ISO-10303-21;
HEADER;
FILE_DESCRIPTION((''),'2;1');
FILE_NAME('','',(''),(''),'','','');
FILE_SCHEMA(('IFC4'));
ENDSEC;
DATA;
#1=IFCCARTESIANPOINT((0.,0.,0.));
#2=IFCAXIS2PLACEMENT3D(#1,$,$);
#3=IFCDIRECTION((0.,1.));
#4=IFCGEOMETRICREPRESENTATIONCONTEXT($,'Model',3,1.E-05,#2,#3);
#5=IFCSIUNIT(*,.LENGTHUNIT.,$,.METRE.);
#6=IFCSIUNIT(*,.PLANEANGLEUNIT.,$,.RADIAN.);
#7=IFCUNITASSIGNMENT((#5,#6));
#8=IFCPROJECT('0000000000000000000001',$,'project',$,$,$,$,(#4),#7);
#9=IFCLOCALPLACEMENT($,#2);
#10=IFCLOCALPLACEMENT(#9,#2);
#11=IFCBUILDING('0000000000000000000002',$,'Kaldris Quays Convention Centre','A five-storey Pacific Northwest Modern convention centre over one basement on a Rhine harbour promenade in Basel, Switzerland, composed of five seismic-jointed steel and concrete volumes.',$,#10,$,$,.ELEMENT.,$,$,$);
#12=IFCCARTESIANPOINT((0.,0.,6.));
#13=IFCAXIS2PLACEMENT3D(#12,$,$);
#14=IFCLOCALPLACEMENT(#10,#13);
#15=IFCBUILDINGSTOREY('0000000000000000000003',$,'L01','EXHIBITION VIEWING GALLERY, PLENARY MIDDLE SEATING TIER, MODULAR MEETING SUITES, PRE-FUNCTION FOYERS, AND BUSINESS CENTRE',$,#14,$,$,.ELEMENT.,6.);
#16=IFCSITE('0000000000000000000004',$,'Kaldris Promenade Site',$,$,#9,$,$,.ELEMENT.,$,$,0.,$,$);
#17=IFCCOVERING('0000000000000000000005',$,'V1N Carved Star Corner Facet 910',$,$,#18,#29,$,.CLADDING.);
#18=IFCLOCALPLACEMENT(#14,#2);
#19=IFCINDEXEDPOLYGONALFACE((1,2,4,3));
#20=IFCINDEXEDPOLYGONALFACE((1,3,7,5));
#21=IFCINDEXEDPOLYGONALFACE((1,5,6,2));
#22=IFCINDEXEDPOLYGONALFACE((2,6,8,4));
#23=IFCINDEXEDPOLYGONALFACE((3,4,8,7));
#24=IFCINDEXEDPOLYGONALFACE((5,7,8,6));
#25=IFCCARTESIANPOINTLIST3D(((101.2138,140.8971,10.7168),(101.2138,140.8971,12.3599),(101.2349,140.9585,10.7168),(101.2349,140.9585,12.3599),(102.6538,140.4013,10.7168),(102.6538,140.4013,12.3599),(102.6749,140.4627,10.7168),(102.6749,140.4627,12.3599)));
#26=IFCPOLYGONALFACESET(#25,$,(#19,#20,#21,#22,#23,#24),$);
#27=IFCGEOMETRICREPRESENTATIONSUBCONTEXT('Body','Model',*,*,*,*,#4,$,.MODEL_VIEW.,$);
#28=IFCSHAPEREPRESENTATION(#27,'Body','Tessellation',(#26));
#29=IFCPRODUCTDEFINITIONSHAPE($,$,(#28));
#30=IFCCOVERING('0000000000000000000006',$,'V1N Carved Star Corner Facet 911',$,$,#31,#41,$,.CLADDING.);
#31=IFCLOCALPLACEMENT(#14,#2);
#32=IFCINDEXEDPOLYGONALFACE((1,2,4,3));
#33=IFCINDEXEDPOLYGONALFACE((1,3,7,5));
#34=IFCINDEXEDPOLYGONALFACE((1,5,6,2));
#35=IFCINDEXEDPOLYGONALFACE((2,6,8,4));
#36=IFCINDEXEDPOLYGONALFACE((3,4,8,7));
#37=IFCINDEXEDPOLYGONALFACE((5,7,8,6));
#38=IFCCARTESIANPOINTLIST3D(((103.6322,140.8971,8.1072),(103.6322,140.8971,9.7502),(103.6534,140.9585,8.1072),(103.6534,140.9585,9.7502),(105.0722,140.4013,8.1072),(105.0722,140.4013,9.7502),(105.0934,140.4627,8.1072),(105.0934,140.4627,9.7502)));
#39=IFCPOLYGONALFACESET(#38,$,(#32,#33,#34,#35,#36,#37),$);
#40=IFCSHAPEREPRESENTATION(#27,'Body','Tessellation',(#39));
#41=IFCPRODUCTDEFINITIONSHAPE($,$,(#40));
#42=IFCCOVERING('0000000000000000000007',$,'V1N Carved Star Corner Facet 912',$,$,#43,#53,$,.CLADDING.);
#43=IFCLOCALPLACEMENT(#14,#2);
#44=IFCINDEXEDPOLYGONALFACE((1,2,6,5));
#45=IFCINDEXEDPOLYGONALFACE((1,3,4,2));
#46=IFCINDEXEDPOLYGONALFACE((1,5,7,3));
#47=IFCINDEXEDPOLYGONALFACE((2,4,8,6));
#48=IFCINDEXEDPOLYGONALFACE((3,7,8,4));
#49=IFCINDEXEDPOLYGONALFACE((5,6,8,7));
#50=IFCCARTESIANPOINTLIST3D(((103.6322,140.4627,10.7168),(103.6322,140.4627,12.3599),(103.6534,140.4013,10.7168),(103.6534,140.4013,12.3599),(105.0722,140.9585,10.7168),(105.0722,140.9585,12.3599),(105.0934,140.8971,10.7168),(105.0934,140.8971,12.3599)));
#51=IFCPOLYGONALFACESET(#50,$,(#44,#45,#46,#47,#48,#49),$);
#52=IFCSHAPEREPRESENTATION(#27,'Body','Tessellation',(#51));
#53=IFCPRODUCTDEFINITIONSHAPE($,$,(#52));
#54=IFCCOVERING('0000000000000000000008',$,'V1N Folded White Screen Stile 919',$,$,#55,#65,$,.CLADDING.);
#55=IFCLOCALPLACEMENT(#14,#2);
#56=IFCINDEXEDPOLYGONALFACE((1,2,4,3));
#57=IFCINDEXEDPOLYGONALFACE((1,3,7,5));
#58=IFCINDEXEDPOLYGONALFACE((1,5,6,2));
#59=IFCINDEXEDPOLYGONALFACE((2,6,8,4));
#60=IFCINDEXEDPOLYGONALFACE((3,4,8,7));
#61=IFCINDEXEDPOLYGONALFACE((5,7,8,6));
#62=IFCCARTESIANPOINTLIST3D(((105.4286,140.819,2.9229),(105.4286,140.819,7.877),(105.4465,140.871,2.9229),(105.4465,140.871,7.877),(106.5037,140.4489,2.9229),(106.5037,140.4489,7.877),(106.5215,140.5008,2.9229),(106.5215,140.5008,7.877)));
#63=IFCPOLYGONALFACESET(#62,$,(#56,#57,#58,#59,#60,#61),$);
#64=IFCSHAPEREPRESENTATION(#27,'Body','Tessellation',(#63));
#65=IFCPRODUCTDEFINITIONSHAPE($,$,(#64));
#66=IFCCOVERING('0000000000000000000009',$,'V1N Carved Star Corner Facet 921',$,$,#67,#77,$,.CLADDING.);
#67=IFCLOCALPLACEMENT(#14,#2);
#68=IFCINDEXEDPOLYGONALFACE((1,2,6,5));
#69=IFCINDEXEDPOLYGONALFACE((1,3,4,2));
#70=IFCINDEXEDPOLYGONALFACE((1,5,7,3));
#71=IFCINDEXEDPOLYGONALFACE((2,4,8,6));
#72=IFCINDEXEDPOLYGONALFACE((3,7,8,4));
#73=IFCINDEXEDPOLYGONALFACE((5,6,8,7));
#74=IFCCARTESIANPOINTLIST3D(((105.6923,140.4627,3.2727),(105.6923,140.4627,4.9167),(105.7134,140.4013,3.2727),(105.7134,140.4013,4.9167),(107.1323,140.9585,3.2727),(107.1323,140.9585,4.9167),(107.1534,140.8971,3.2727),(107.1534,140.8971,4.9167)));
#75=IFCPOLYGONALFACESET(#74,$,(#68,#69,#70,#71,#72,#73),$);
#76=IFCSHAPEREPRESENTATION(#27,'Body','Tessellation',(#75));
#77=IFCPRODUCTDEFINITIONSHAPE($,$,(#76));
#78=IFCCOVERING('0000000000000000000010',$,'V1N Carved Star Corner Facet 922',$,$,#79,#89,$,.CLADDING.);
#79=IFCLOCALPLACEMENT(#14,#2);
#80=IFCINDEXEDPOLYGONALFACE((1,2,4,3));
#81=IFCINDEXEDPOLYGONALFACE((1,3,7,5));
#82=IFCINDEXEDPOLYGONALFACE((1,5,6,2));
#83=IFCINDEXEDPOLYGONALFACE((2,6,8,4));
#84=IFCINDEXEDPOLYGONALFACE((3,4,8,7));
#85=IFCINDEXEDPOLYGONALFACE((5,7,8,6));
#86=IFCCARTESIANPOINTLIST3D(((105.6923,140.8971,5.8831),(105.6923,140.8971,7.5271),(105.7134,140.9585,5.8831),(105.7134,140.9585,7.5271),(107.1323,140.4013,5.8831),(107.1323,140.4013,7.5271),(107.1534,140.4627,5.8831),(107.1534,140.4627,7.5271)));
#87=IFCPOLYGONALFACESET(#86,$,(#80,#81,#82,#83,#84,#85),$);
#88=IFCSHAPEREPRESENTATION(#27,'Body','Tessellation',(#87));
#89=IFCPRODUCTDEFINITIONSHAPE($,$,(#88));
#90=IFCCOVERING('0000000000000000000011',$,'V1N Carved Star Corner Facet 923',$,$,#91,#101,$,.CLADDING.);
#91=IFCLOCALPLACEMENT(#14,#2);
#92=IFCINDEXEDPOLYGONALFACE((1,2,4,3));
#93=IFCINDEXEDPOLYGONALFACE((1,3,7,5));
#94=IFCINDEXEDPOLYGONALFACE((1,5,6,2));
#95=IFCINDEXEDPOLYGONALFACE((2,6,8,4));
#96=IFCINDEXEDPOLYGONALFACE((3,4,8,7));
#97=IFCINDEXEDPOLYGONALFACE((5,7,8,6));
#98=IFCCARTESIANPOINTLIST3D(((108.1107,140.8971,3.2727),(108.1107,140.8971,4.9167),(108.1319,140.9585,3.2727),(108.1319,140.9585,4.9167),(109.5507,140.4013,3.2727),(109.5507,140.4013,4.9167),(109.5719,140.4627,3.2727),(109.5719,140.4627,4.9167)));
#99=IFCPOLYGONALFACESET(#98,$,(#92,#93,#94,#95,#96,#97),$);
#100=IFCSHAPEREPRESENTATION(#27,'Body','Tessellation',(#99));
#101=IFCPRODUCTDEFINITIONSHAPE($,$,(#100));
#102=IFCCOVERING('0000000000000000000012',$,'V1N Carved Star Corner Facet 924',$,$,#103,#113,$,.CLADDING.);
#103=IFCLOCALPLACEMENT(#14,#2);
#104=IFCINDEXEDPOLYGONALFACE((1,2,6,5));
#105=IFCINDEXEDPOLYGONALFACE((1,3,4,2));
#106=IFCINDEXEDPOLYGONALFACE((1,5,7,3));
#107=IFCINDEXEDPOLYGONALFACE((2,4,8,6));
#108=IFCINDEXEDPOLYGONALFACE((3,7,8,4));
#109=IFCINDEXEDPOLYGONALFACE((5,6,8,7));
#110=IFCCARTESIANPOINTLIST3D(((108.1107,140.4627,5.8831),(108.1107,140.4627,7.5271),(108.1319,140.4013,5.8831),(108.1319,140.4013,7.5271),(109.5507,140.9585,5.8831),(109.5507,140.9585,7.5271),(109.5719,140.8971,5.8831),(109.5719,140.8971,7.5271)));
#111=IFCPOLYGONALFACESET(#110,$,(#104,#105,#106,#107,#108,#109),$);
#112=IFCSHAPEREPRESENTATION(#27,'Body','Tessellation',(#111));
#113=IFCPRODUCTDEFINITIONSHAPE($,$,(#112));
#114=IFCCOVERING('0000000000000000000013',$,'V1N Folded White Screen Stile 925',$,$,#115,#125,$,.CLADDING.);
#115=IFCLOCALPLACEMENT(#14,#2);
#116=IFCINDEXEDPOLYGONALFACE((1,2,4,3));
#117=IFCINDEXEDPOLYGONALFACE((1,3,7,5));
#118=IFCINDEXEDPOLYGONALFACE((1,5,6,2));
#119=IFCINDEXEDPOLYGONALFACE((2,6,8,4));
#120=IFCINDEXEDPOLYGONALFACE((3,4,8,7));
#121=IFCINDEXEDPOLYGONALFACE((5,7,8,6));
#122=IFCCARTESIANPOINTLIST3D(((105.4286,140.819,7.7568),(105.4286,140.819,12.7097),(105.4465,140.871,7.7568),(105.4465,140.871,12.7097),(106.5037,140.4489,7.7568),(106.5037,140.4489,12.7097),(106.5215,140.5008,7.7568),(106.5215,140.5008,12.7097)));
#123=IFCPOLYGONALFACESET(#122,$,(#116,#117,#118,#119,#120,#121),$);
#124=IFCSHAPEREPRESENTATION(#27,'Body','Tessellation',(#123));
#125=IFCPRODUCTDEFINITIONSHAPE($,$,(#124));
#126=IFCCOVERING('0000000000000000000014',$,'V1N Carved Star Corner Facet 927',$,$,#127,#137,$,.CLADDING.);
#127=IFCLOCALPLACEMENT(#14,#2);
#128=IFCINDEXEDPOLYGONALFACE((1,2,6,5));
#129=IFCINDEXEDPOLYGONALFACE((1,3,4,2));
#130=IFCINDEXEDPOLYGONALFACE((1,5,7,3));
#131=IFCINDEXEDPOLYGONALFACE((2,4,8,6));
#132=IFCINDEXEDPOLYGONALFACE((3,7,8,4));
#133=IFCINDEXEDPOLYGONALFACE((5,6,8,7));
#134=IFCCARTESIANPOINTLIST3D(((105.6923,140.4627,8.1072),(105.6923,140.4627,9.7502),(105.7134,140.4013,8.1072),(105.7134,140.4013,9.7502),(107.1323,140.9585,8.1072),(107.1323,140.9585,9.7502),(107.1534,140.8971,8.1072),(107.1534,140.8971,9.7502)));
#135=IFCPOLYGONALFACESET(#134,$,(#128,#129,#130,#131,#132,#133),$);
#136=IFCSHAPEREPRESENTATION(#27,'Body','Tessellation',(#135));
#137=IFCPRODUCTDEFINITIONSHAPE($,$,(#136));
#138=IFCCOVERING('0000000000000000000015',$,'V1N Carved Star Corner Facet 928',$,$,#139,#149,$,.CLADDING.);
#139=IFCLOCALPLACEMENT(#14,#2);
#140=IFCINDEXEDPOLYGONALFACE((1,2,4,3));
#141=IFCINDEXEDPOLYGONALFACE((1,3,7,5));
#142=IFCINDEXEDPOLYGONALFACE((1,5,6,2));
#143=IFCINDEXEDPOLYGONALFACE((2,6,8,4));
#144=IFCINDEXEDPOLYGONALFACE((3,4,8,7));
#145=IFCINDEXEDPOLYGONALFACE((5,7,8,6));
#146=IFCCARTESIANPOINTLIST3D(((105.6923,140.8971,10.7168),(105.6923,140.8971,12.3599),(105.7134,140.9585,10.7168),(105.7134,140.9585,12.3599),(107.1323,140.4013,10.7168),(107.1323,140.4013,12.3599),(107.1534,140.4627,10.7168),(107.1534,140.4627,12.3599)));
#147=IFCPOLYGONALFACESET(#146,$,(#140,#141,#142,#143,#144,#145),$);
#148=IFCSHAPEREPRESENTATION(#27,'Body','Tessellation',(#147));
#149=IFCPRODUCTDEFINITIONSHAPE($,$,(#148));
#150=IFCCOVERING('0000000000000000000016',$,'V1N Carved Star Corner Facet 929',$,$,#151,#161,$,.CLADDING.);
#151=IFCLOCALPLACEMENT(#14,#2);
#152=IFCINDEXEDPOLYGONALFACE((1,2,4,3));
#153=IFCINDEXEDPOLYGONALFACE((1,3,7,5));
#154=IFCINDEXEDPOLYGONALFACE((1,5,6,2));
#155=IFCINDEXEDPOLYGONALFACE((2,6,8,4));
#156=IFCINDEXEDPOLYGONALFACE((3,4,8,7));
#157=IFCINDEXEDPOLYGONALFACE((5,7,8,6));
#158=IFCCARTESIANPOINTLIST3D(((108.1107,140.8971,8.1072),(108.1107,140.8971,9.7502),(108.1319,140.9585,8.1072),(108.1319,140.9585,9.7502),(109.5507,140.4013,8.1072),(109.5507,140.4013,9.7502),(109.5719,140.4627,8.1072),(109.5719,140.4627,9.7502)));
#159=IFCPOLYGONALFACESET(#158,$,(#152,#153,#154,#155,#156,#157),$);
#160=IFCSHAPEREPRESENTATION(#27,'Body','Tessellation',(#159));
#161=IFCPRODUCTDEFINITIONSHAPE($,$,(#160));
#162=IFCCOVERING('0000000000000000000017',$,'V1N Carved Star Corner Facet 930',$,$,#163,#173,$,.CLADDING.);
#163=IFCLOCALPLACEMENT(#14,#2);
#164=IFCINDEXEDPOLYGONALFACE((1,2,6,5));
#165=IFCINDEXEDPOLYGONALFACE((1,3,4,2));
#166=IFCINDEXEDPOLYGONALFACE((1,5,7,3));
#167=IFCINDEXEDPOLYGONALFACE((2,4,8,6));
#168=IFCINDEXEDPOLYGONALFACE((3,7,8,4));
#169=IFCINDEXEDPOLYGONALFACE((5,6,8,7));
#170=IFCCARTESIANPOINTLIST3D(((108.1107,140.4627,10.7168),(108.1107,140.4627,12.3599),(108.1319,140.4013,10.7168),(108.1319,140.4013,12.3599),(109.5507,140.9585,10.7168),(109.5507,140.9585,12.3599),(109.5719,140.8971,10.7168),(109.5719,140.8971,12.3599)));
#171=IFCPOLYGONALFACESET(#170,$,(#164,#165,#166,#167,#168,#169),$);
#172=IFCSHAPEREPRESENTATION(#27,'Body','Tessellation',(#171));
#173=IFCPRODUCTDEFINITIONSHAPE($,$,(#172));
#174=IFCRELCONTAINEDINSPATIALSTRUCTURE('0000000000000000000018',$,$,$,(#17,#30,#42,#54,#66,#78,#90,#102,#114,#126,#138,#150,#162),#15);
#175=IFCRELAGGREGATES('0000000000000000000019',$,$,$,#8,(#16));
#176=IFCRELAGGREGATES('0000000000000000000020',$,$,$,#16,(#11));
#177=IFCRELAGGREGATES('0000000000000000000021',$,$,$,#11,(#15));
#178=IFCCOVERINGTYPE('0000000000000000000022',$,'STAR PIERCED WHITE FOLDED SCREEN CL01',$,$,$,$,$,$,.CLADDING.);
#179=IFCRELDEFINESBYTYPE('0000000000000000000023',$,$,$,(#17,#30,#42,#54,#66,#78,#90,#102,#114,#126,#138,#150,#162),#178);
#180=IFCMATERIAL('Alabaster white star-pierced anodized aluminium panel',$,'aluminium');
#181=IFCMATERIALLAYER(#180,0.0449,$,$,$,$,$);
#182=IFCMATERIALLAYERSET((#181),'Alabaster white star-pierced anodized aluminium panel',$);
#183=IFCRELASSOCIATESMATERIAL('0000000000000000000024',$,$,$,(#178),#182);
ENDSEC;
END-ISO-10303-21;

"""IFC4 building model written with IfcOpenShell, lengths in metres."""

from ifc_helpers import new_model, si_unit, direction, frame, origin, origin_2d, place, context, subcontext, project, spatial, rectangle, extrude, material, layer, layer_set, type_object, element, save


model = new_model("IFC4")

# Units and contexts
model_context = context("Model", 3, precision=1e-05, world=origin(), true_north=direction((0.0, 1.0)))
body_context = subcontext(model_context, "Body", "Model", "MODEL_VIEW")
ifc_project = project(units=[si_unit("LENGTHUNIT", "METRE"), si_unit("PLANEANGLEUNIT", "RADIAN")], contexts=[model_context])

# Site, building, storey
site_placement = place(None, origin())
site = spatial("IfcSite", under=ifc_project, at=site_placement, Name="Kaldris Promenade Site", CompositionType="ELEMENT", RefElevation=0.0)
building_placement = place(site_placement, origin())
building = spatial("IfcBuilding", under=site, at=building_placement, Name="Kaldris Quays Convention Centre", Description="A five-storey Pacific Northwest Modern convention centre over one basement on a Rhine harbour promenade in Basel, Switzerland, composed of five seismic-jointed steel and concrete volumes.", CompositionType="ELEMENT")
storey_placement = place(building_placement, frame((0.0, 0.0, 6.0)))
storey = spatial("IfcBuildingStorey", under=building, at=storey_placement, Name="L01", Description="EXHIBITION VIEWING GALLERY, PLENARY MIDDLE SEATING TIER, MODULAR MEETING SUITES, PRE-FUNCTION FOYERS, AND BUSINESS CENTRE", CompositionType="ELEMENT", Elevation=6.0)

# Coverings
ifc_material_1 = material(Name="Alabaster white star-pierced anodized aluminium panel", Category="aluminium")
ifc_layer = layer(ifc_material_1, 0.0449)
ifc_layer_set = layer_set([ifc_layer], Name="Alabaster white star-pierced anodized aluminium panel")
covering_type = type_object("IfcCoveringType", Name="STAR PIERCED WHITE FOLDED SCREEN CL01", PredefinedType="CLADDING", material=ifc_layer_set)
for number, where, z_axis, x_axis, name in (
    (1, (101.9443, 140.6799, 10.7168), (0.0, 0.0, 1.0), (0.945519, -0.325568, 0.0), "V1N Carved Star Corner Facet 910"),
    (2, (104.3628, 140.6799, 8.1072), (0.0, 0.0, 1.0), (0.945519, -0.325568, 0.0), "V1N Carved Star Corner Facet 911"),
    (3, (104.3628, 140.6799, 10.7168), (0.0, 0.0, 1.0), (0.945519, 0.325568, 0.0), "V1N Carved Star Corner Facet 912"),
):
    element("IfcCovering", number, at=place(storey_placement, frame(where, z_axis=z_axis, x_axis=x_axis)), inside=storey, type_object=covering_type, Name=name, PredefinedType="CLADDING", context=body_context, shape_type="SweptSolid", body=[
        extrude(rectangle(XDim=1.5229, YDim=0.0649, at=origin_2d()), origin(), (0.0, 0.0, 1.0), 1.6431),
    ])
covering_1_placement = place(storey_placement, frame((105.9751, 140.6599, 2.9229), z_axis=(0.0, 0.0, 1.0), x_axis=(0.945519, -0.325568, 0.0)))
element("IfcCovering", 4, at=covering_1_placement, inside=storey, type_object=covering_type, Name="V1N Folded White Screen Stile 919", PredefinedType="CLADDING", context=body_context, shape_type="SweptSolid", body=[
    extrude(rectangle(XDim=1.137, YDim=0.0549, at=origin_2d()), origin(), (0.0, 0.0, 1.0), 4.9541),
])
for number, where, z_axis, x_axis, name in (
    (5, (106.4229, 140.6799, 3.2727), (0.0, 0.0, 1.0), (0.945519, 0.325568, 0.0), "V1N Carved Star Corner Facet 921"),
    (6, (106.4229, 140.6799, 5.8831), (0.0, 0.0, 1.0), (0.945519, -0.325568, 0.0), "V1N Carved Star Corner Facet 922"),
    (7, (108.8413, 140.6799, 3.2727), (0.0, 0.0, 1.0), (0.945519, -0.325568, 0.0), "V1N Carved Star Corner Facet 923"),
    (8, (108.8413, 140.6799, 5.8831), (0.0, 0.0, 1.0), (0.945519, 0.325568, 0.0), "V1N Carved Star Corner Facet 924"),
):
    element("IfcCovering", number, at=place(storey_placement, frame(where, z_axis=z_axis, x_axis=x_axis)), inside=storey, type_object=covering_type, Name=name, PredefinedType="CLADDING", context=body_context, shape_type="SweptSolid", body=[
        extrude(rectangle(XDim=1.5229, YDim=0.0649, at=origin_2d()), origin(), (0.0, 0.0, 1.0), 1.644),
    ])
covering_2_placement = place(storey_placement, frame((105.9751, 140.6599, 7.7568), z_axis=(0.0, 0.0, 1.0), x_axis=(0.945519, -0.325568, 0.0)))
element("IfcCovering", 9, at=covering_2_placement, inside=storey, type_object=covering_type, Name="V1N Folded White Screen Stile 925", PredefinedType="CLADDING", context=body_context, shape_type="SweptSolid", body=[
    extrude(rectangle(XDim=1.137, YDim=0.0549, at=origin_2d()), origin(), (0.0, 0.0, 1.0), 4.9529),
])
for number, where, z_axis, x_axis, name in (
    (10, (106.4229, 140.6799, 8.1072), (0.0, 0.0, 1.0), (0.945519, 0.325568, 0.0), "V1N Carved Star Corner Facet 927"),
    (11, (106.4229, 140.6799, 10.7168), (0.0, 0.0, 1.0), (0.945519, -0.325568, 0.0), "V1N Carved Star Corner Facet 928"),
    (12, (108.8413, 140.6799, 8.1072), (0.0, 0.0, 1.0), (0.945519, -0.325568, 0.0), "V1N Carved Star Corner Facet 929"),
    (13, (108.8413, 140.6799, 10.7168), (0.0, 0.0, 1.0), (0.945519, 0.325568, 0.0), "V1N Carved Star Corner Facet 930"),
):
    element("IfcCovering", number, at=place(storey_placement, frame(where, z_axis=z_axis, x_axis=x_axis)), inside=storey, type_object=covering_type, Name=name, PredefinedType="CLADDING", context=body_context, shape_type="SweptSolid", body=[
        extrude(rectangle(XDim=1.5229, YDim=0.0649, at=origin_2d()), origin(), (0.0, 0.0, 1.0), 1.6431),
    ])

save(model, "model.ifc")
